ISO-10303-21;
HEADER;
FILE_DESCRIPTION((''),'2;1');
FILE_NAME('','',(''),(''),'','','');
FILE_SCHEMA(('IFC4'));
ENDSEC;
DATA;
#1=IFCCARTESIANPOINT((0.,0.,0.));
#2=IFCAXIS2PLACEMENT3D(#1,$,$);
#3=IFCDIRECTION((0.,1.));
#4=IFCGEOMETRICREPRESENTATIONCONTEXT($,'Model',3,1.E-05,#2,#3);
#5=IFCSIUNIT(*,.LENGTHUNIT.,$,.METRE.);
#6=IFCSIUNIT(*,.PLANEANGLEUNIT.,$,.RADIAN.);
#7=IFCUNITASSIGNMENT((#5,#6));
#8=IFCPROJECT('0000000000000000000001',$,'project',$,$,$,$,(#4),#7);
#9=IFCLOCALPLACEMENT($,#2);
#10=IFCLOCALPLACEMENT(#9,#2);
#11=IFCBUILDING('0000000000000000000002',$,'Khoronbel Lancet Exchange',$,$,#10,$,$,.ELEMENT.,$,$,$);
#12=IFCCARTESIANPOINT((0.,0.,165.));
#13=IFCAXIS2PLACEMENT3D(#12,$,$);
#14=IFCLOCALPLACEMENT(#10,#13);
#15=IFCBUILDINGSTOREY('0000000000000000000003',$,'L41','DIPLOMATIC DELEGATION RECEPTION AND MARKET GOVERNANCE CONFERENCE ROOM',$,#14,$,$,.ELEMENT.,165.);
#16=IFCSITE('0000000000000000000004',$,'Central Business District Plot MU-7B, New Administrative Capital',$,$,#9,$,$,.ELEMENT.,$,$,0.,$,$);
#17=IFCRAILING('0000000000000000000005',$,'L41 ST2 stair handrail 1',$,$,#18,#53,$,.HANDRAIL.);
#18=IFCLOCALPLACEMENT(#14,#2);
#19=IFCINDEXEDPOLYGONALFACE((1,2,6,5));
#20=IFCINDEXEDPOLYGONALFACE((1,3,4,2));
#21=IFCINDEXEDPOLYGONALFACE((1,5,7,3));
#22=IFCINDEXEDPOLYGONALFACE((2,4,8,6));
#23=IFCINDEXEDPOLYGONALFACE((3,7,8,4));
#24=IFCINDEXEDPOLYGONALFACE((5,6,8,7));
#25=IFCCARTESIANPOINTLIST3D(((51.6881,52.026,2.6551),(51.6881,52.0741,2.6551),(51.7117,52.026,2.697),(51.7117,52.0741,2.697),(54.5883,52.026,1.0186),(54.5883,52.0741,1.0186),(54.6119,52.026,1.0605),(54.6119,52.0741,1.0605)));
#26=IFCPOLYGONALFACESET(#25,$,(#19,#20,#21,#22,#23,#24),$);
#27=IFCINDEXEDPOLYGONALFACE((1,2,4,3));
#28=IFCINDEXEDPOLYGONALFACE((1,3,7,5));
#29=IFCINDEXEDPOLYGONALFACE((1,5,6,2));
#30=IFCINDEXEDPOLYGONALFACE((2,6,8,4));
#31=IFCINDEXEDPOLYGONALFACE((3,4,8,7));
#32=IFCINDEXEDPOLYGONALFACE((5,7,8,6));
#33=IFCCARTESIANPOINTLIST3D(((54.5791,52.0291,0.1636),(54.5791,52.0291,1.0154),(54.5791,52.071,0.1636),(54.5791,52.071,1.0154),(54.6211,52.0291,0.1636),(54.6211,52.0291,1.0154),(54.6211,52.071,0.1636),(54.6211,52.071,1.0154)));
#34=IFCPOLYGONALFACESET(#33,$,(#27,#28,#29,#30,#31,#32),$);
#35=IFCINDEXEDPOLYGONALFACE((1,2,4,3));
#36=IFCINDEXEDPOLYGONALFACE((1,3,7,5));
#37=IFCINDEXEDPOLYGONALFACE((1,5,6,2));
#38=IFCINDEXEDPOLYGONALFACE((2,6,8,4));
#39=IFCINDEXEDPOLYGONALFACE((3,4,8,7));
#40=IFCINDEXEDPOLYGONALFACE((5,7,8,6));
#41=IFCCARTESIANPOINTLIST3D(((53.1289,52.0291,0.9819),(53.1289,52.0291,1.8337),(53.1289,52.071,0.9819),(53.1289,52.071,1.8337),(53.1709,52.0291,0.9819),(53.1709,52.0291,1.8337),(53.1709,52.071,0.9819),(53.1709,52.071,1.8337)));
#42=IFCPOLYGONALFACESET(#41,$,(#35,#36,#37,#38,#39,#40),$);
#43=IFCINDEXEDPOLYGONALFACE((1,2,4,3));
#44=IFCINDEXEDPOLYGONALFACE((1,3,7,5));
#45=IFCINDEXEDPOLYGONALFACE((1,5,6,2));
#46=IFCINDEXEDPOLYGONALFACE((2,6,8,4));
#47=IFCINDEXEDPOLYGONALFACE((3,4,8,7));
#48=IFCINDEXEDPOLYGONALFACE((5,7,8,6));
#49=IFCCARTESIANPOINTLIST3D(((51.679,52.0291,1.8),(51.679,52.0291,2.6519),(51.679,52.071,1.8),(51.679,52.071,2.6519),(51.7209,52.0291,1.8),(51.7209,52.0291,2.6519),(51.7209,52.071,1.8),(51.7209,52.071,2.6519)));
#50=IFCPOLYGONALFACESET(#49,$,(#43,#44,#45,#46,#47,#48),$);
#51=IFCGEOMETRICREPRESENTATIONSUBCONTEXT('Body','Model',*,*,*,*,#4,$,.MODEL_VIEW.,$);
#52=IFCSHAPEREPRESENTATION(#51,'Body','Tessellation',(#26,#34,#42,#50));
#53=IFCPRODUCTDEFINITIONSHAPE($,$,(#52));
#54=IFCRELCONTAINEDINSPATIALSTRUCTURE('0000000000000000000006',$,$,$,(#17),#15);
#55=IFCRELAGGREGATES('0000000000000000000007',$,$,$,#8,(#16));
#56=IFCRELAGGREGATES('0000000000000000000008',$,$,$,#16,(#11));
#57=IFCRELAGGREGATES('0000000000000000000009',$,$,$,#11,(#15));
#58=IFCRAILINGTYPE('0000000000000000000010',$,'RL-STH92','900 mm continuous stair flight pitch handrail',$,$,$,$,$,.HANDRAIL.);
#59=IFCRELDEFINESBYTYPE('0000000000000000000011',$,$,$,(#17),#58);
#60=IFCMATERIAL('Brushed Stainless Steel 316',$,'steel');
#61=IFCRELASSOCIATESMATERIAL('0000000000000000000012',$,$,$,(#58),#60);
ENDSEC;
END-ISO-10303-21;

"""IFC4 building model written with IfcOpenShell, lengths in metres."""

from ifc_helpers import new_model, si_unit, direction, frame, origin, origin_2d, place, context, subcontext, project, spatial, rectangle, extrude, material, type_object, element, save


model = new_model("IFC4")

# Units and contexts
model_context = context("Model", 3, precision=1e-05, world=origin(), true_north=direction((0.0, 1.0)))
body_context = subcontext(model_context, "Body", "Model", "MODEL_VIEW")
ifc_project = project(units=[si_unit("LENGTHUNIT", "METRE"), si_unit("PLANEANGLEUNIT", "RADIAN")], contexts=[model_context])

# Site, building, storey
site_placement = place(None, origin())
site = spatial("IfcSite", under=ifc_project, at=site_placement, Name="Central Business District Plot MU-7B, New Administrative Capital", CompositionType="ELEMENT", RefElevation=0.0)
building_placement = place(site_placement, origin())
building = spatial("IfcBuilding", under=site, at=building_placement, Name="Khoronbel Lancet Exchange", CompositionType="ELEMENT")
storey_placement = place(building_placement, frame((0.0, 0.0, 165.0)))
storey = spatial("IfcBuildingStorey", under=building, at=storey_placement, Name="L41", Description="DIPLOMATIC DELEGATION RECEPTION AND MARKET GOVERNANCE CONFERENCE ROOM", CompositionType="ELEMENT", Elevation=165.0)

# Railing
ifc_material_1 = material(Name="Brushed Stainless Steel 316", Category="steel")
railing_type_1 = type_object("IfcRailingType", Name="RL-STH92", Description="900 mm continuous stair flight pitch handrail", PredefinedType="HANDRAIL", material=ifc_material_1)
railing_1_placement = place(storey_placement, frame((54.6001, 52.05, 0.1636)))
element("IfcRailing", 1, at=railing_1_placement, inside=storey, type_object=railing_type_1, Name="L41 ST2 stair handrail 1", PredefinedType="HANDRAIL", context=body_context, shape_type="SweptSolid", body=[
    extrude(rectangle(XDim=0.0481, YDim=0.0481, at=origin_2d()), frame((0.0, 0.0, 0.876), z_axis=(-0.870915, 0.0, 0.491434), x_axis=(0.0, -1.0, 0.0)), (0.0, 0.0, 1.0), 3.3301),
    extrude(rectangle(XDim=0.042, YDim=0.042, at=origin_2d()), origin(), (0.0, 0.0, 1.0), 0.8518),
    extrude(rectangle(XDim=0.042, YDim=0.042, at=origin_2d()), frame((-1.4502, 0.0, 0.8184)), (0.0, 0.0, 1.0), 0.8518),
    extrude(rectangle(XDim=0.042, YDim=0.042, at=origin_2d()), frame((-2.9001, 0.0, 1.6365)), (0.0, 0.0, 1.0), 0.8518),
])

save(model, "model.ifc")
